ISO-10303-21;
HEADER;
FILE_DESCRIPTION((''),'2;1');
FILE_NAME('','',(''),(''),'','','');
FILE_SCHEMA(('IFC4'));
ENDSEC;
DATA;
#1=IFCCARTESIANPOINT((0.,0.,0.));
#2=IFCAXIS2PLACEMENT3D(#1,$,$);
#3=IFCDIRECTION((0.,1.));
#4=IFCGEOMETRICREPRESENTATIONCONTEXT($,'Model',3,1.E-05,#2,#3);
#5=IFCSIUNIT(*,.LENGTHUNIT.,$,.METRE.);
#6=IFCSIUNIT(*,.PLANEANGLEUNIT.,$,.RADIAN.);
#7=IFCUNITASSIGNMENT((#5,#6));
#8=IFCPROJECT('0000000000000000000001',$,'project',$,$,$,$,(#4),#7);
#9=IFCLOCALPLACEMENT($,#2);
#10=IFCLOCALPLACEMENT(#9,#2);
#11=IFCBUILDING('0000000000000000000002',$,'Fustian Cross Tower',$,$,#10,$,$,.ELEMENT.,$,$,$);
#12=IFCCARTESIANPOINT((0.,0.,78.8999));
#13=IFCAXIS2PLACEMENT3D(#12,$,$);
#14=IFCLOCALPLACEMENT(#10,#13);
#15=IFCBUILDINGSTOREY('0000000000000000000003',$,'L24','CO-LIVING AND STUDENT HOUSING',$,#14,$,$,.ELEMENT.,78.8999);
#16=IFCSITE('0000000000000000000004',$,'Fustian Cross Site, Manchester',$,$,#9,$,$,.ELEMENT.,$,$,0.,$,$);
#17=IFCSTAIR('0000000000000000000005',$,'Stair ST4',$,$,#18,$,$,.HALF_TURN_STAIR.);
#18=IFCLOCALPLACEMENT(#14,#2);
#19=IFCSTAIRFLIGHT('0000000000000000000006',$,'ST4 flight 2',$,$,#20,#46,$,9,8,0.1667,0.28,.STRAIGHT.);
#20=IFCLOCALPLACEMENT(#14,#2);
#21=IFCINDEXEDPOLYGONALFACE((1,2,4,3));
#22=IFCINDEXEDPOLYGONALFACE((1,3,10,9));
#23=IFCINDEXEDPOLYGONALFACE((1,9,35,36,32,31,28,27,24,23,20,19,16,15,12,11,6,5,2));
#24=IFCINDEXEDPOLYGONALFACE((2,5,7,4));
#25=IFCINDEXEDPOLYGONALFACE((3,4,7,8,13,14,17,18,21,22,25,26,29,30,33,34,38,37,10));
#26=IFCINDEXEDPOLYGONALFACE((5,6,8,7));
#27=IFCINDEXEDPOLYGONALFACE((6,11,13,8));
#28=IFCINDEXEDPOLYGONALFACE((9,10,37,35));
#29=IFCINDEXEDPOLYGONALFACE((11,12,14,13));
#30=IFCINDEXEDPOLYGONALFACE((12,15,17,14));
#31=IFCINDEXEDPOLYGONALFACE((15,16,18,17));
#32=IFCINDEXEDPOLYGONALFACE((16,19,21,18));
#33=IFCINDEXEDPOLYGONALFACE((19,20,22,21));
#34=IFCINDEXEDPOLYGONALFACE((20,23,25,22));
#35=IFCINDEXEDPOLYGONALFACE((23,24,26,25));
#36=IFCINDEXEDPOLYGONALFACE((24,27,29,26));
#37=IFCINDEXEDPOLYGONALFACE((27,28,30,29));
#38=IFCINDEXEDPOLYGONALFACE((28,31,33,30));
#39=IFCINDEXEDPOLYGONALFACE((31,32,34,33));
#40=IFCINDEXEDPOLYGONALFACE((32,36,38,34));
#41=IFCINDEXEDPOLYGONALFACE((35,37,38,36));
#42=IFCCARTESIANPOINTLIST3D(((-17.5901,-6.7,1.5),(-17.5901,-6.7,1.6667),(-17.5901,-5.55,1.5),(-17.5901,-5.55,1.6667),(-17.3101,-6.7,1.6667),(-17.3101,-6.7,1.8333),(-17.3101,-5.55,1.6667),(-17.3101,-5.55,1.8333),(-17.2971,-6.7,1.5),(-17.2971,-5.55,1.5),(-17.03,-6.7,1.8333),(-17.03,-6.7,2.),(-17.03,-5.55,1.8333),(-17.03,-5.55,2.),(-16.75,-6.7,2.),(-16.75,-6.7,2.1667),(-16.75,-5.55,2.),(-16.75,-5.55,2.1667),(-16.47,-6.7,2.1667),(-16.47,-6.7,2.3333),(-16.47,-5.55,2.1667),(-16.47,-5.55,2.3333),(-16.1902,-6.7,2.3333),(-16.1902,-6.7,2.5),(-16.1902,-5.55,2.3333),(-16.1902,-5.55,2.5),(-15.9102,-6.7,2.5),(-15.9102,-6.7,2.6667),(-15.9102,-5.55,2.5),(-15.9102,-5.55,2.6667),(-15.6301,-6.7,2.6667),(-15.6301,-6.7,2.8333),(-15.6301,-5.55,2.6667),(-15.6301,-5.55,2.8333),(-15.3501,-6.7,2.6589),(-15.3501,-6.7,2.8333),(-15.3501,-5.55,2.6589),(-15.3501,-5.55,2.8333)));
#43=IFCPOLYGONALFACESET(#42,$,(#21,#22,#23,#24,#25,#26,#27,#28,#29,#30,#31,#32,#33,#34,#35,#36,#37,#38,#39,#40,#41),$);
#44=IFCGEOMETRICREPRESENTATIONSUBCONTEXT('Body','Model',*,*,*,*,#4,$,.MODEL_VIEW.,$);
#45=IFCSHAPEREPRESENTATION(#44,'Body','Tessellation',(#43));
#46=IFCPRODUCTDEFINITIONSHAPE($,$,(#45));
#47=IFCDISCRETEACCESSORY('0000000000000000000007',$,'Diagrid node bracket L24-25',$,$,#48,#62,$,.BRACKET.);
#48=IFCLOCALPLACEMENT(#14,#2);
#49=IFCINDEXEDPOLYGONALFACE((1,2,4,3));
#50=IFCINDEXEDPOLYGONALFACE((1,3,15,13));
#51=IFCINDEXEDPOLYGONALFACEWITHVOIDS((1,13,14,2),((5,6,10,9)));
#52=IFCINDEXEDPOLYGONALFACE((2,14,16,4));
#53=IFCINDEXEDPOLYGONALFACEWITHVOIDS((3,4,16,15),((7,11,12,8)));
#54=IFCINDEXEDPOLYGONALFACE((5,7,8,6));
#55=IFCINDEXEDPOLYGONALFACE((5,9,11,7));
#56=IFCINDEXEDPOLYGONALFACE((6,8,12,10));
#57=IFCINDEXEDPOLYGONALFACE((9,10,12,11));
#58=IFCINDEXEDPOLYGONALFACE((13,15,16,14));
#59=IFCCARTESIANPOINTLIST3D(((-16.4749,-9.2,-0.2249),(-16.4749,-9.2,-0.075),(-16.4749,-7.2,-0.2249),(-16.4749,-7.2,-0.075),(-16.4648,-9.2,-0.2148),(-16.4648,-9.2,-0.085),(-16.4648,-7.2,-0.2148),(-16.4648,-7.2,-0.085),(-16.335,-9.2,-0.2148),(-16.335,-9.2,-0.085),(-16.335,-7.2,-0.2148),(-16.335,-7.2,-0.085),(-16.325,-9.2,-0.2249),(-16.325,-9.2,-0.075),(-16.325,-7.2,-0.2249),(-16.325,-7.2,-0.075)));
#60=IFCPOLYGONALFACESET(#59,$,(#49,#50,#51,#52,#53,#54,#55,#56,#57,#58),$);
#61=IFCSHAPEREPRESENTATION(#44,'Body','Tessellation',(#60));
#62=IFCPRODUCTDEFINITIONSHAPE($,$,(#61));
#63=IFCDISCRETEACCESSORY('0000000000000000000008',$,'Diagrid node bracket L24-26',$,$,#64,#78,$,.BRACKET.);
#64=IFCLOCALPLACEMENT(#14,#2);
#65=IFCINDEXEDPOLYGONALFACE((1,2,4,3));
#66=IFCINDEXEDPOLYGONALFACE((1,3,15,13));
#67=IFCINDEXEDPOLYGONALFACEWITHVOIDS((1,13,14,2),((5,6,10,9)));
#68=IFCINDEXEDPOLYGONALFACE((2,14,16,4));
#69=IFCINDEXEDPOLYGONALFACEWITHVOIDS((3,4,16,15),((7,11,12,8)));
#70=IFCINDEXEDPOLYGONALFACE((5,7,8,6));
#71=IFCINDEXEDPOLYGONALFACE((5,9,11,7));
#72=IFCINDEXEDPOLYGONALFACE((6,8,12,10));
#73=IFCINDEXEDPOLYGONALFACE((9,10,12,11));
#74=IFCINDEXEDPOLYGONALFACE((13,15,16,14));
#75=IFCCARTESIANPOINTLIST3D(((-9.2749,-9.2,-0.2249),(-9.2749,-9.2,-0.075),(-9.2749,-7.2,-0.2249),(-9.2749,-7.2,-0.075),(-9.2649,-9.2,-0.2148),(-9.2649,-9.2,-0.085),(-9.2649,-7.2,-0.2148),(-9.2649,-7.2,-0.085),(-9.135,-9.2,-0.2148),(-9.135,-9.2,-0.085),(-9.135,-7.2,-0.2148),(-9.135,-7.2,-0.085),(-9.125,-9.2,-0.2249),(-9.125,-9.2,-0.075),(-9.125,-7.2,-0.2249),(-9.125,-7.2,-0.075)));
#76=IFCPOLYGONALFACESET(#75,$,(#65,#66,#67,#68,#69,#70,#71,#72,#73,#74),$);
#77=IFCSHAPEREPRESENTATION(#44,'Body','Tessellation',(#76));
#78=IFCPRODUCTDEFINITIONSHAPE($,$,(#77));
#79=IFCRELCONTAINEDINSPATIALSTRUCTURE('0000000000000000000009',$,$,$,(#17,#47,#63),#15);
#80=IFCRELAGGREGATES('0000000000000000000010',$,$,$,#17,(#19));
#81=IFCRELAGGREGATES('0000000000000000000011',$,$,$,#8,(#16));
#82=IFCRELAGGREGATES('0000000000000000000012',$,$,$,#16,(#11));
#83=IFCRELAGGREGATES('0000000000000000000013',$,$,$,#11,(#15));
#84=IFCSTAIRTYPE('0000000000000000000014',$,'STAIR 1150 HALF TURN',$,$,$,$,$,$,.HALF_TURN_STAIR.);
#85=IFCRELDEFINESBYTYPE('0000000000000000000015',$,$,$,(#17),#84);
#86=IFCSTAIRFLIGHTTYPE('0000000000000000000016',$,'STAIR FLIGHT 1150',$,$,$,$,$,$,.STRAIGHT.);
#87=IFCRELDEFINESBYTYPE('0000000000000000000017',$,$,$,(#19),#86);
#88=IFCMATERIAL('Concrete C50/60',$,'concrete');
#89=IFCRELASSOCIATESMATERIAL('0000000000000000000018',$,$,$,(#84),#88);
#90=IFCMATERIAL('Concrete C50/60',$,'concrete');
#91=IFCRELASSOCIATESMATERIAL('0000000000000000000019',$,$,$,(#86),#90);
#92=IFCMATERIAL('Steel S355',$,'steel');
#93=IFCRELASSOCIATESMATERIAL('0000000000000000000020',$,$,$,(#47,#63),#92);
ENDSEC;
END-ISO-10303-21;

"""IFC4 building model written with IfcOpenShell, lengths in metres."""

from ifc_helpers import new_model, si_unit, direction, frame, origin, origin_2d, place, context, subcontext, project, spatial, polyline, hollow_rectangle, outline, extrude, material, type_object, element, aggregate, save


model = new_model("IFC4")

# Units and contexts
model_context = context("Model", 3, precision=1e-05, world=origin(), true_north=direction((0.0, 1.0)))
body_context = subcontext(model_context, "Body", "Model", "MODEL_VIEW")
ifc_project = project(units=[si_unit("LENGTHUNIT", "METRE"), si_unit("PLANEANGLEUNIT", "RADIAN")], contexts=[model_context])

# Site, building, storey
site_placement = place(None, origin())
site = spatial("IfcSite", under=ifc_project, at=site_placement, Name="Fustian Cross Site, Manchester", CompositionType="ELEMENT", RefElevation=0.0)
building_placement = place(site_placement, origin())
building = spatial("IfcBuilding", under=site, at=building_placement, Name="Fustian Cross Tower", CompositionType="ELEMENT")
storey_placement = place(building_placement, frame((0.0, 0.0, 78.8999)))
storey = spatial("IfcBuildingStorey", under=building, at=storey_placement, Name="L24", Description="CO-LIVING AND STUDENT HOUSING", CompositionType="ELEMENT", Elevation=78.8999)

# Stair, stair flight
ifc_material_1 = material(Name="Concrete C50/60", Category="concrete")
stair_type = type_object("IfcStairType", Name="STAIR 1150 HALF TURN", PredefinedType="HALF_TURN_STAIR", material=ifc_material_1)
stair_placement = place(storey_placement, origin())
stair = element("IfcStair", 1, at=stair_placement, inside=storey, type_object=stair_type, Name="Stair ST4", PredefinedType="HALF_TURN_STAIR")
ifc_material_2 = material(Name="Concrete C50/60", Category="concrete")
stair_flight_type = type_object("IfcStairFlightType", Name="STAIR FLIGHT 1150", PredefinedType="STRAIGHT", material=ifc_material_2)
stair_flight_1_placement = place(storey_placement, frame((-17.5901, -6.125, 1.5), z_axis=(0.0, 0.0, 1.0), x_axis=(1.0, 0.0, 0.0)))
stair_flight_1 = element("IfcStairFlight", 2, at=stair_flight_1_placement, type_object=stair_flight_type, Name="ST4 flight 2", NumberOfRisers=9, NumberOfTreads=8, PredefinedType="STRAIGHT", RiserHeight=0.1667, TreadLength=0.28, context=body_context, shape_type="SweptSolid", body=[
    extrude(outline(polyline([(0.0, 0.0), (0.0, 0.1667), (0.28, 0.1667), (0.28, 0.3333), (0.5601, 0.3333), (0.5601, 0.5), (0.8401, 0.5), (0.8401, 0.6667), (1.1201, 0.6667), (1.1201, 0.8333), (1.3999, 0.8333), (1.3999, 1.0), (1.6799, 1.0), (1.6799, 1.1667), (1.96, 1.1667), (1.96, 1.3333), (2.24, 1.3333), (2.24, 1.5), (2.24, 1.1589), (0.293, 0.0), (0.0, 0.0)])), frame((0.0, 0.575, 0.0), z_axis=(0.0, -1.0, 0.0), x_axis=(1.0, 0.0, 0.0)), (0.0, 0.0, 1.0), 1.1499),
])
aggregate(stair, [stair_flight_1])

# Discrete accessories
ifc_material_3 = material(Name="Steel S355", Category="steel")
for number, where, z_axis, x_axis, name in (
    (3, (-16.3999, -9.2, -0.1499), (0.0, 1.0, 0.0), (-1.0, 0.0, 0.0), "Diagrid node bracket L24-25"),
    (4, (-9.2, -9.2, -0.1499), (0.0, 1.0, 0.0), (-1.0, 0.0, 0.0), "Diagrid node bracket L24-26"),
):
    element("IfcDiscreteAccessory", number, at=place(storey_placement, frame(where, z_axis=z_axis, x_axis=x_axis)), inside=storey, material=ifc_material_3, Name=name, PredefinedType="BRACKET", context=body_context, shape_type="SweptSolid", body=[
        extrude(hollow_rectangle(XDim=0.1499, YDim=0.1499, WallThickness=0.01, at=origin_2d()), origin(), (0.0, 0.0, 1.0), 2.0),
    ])

save(model, "model.ifc")
